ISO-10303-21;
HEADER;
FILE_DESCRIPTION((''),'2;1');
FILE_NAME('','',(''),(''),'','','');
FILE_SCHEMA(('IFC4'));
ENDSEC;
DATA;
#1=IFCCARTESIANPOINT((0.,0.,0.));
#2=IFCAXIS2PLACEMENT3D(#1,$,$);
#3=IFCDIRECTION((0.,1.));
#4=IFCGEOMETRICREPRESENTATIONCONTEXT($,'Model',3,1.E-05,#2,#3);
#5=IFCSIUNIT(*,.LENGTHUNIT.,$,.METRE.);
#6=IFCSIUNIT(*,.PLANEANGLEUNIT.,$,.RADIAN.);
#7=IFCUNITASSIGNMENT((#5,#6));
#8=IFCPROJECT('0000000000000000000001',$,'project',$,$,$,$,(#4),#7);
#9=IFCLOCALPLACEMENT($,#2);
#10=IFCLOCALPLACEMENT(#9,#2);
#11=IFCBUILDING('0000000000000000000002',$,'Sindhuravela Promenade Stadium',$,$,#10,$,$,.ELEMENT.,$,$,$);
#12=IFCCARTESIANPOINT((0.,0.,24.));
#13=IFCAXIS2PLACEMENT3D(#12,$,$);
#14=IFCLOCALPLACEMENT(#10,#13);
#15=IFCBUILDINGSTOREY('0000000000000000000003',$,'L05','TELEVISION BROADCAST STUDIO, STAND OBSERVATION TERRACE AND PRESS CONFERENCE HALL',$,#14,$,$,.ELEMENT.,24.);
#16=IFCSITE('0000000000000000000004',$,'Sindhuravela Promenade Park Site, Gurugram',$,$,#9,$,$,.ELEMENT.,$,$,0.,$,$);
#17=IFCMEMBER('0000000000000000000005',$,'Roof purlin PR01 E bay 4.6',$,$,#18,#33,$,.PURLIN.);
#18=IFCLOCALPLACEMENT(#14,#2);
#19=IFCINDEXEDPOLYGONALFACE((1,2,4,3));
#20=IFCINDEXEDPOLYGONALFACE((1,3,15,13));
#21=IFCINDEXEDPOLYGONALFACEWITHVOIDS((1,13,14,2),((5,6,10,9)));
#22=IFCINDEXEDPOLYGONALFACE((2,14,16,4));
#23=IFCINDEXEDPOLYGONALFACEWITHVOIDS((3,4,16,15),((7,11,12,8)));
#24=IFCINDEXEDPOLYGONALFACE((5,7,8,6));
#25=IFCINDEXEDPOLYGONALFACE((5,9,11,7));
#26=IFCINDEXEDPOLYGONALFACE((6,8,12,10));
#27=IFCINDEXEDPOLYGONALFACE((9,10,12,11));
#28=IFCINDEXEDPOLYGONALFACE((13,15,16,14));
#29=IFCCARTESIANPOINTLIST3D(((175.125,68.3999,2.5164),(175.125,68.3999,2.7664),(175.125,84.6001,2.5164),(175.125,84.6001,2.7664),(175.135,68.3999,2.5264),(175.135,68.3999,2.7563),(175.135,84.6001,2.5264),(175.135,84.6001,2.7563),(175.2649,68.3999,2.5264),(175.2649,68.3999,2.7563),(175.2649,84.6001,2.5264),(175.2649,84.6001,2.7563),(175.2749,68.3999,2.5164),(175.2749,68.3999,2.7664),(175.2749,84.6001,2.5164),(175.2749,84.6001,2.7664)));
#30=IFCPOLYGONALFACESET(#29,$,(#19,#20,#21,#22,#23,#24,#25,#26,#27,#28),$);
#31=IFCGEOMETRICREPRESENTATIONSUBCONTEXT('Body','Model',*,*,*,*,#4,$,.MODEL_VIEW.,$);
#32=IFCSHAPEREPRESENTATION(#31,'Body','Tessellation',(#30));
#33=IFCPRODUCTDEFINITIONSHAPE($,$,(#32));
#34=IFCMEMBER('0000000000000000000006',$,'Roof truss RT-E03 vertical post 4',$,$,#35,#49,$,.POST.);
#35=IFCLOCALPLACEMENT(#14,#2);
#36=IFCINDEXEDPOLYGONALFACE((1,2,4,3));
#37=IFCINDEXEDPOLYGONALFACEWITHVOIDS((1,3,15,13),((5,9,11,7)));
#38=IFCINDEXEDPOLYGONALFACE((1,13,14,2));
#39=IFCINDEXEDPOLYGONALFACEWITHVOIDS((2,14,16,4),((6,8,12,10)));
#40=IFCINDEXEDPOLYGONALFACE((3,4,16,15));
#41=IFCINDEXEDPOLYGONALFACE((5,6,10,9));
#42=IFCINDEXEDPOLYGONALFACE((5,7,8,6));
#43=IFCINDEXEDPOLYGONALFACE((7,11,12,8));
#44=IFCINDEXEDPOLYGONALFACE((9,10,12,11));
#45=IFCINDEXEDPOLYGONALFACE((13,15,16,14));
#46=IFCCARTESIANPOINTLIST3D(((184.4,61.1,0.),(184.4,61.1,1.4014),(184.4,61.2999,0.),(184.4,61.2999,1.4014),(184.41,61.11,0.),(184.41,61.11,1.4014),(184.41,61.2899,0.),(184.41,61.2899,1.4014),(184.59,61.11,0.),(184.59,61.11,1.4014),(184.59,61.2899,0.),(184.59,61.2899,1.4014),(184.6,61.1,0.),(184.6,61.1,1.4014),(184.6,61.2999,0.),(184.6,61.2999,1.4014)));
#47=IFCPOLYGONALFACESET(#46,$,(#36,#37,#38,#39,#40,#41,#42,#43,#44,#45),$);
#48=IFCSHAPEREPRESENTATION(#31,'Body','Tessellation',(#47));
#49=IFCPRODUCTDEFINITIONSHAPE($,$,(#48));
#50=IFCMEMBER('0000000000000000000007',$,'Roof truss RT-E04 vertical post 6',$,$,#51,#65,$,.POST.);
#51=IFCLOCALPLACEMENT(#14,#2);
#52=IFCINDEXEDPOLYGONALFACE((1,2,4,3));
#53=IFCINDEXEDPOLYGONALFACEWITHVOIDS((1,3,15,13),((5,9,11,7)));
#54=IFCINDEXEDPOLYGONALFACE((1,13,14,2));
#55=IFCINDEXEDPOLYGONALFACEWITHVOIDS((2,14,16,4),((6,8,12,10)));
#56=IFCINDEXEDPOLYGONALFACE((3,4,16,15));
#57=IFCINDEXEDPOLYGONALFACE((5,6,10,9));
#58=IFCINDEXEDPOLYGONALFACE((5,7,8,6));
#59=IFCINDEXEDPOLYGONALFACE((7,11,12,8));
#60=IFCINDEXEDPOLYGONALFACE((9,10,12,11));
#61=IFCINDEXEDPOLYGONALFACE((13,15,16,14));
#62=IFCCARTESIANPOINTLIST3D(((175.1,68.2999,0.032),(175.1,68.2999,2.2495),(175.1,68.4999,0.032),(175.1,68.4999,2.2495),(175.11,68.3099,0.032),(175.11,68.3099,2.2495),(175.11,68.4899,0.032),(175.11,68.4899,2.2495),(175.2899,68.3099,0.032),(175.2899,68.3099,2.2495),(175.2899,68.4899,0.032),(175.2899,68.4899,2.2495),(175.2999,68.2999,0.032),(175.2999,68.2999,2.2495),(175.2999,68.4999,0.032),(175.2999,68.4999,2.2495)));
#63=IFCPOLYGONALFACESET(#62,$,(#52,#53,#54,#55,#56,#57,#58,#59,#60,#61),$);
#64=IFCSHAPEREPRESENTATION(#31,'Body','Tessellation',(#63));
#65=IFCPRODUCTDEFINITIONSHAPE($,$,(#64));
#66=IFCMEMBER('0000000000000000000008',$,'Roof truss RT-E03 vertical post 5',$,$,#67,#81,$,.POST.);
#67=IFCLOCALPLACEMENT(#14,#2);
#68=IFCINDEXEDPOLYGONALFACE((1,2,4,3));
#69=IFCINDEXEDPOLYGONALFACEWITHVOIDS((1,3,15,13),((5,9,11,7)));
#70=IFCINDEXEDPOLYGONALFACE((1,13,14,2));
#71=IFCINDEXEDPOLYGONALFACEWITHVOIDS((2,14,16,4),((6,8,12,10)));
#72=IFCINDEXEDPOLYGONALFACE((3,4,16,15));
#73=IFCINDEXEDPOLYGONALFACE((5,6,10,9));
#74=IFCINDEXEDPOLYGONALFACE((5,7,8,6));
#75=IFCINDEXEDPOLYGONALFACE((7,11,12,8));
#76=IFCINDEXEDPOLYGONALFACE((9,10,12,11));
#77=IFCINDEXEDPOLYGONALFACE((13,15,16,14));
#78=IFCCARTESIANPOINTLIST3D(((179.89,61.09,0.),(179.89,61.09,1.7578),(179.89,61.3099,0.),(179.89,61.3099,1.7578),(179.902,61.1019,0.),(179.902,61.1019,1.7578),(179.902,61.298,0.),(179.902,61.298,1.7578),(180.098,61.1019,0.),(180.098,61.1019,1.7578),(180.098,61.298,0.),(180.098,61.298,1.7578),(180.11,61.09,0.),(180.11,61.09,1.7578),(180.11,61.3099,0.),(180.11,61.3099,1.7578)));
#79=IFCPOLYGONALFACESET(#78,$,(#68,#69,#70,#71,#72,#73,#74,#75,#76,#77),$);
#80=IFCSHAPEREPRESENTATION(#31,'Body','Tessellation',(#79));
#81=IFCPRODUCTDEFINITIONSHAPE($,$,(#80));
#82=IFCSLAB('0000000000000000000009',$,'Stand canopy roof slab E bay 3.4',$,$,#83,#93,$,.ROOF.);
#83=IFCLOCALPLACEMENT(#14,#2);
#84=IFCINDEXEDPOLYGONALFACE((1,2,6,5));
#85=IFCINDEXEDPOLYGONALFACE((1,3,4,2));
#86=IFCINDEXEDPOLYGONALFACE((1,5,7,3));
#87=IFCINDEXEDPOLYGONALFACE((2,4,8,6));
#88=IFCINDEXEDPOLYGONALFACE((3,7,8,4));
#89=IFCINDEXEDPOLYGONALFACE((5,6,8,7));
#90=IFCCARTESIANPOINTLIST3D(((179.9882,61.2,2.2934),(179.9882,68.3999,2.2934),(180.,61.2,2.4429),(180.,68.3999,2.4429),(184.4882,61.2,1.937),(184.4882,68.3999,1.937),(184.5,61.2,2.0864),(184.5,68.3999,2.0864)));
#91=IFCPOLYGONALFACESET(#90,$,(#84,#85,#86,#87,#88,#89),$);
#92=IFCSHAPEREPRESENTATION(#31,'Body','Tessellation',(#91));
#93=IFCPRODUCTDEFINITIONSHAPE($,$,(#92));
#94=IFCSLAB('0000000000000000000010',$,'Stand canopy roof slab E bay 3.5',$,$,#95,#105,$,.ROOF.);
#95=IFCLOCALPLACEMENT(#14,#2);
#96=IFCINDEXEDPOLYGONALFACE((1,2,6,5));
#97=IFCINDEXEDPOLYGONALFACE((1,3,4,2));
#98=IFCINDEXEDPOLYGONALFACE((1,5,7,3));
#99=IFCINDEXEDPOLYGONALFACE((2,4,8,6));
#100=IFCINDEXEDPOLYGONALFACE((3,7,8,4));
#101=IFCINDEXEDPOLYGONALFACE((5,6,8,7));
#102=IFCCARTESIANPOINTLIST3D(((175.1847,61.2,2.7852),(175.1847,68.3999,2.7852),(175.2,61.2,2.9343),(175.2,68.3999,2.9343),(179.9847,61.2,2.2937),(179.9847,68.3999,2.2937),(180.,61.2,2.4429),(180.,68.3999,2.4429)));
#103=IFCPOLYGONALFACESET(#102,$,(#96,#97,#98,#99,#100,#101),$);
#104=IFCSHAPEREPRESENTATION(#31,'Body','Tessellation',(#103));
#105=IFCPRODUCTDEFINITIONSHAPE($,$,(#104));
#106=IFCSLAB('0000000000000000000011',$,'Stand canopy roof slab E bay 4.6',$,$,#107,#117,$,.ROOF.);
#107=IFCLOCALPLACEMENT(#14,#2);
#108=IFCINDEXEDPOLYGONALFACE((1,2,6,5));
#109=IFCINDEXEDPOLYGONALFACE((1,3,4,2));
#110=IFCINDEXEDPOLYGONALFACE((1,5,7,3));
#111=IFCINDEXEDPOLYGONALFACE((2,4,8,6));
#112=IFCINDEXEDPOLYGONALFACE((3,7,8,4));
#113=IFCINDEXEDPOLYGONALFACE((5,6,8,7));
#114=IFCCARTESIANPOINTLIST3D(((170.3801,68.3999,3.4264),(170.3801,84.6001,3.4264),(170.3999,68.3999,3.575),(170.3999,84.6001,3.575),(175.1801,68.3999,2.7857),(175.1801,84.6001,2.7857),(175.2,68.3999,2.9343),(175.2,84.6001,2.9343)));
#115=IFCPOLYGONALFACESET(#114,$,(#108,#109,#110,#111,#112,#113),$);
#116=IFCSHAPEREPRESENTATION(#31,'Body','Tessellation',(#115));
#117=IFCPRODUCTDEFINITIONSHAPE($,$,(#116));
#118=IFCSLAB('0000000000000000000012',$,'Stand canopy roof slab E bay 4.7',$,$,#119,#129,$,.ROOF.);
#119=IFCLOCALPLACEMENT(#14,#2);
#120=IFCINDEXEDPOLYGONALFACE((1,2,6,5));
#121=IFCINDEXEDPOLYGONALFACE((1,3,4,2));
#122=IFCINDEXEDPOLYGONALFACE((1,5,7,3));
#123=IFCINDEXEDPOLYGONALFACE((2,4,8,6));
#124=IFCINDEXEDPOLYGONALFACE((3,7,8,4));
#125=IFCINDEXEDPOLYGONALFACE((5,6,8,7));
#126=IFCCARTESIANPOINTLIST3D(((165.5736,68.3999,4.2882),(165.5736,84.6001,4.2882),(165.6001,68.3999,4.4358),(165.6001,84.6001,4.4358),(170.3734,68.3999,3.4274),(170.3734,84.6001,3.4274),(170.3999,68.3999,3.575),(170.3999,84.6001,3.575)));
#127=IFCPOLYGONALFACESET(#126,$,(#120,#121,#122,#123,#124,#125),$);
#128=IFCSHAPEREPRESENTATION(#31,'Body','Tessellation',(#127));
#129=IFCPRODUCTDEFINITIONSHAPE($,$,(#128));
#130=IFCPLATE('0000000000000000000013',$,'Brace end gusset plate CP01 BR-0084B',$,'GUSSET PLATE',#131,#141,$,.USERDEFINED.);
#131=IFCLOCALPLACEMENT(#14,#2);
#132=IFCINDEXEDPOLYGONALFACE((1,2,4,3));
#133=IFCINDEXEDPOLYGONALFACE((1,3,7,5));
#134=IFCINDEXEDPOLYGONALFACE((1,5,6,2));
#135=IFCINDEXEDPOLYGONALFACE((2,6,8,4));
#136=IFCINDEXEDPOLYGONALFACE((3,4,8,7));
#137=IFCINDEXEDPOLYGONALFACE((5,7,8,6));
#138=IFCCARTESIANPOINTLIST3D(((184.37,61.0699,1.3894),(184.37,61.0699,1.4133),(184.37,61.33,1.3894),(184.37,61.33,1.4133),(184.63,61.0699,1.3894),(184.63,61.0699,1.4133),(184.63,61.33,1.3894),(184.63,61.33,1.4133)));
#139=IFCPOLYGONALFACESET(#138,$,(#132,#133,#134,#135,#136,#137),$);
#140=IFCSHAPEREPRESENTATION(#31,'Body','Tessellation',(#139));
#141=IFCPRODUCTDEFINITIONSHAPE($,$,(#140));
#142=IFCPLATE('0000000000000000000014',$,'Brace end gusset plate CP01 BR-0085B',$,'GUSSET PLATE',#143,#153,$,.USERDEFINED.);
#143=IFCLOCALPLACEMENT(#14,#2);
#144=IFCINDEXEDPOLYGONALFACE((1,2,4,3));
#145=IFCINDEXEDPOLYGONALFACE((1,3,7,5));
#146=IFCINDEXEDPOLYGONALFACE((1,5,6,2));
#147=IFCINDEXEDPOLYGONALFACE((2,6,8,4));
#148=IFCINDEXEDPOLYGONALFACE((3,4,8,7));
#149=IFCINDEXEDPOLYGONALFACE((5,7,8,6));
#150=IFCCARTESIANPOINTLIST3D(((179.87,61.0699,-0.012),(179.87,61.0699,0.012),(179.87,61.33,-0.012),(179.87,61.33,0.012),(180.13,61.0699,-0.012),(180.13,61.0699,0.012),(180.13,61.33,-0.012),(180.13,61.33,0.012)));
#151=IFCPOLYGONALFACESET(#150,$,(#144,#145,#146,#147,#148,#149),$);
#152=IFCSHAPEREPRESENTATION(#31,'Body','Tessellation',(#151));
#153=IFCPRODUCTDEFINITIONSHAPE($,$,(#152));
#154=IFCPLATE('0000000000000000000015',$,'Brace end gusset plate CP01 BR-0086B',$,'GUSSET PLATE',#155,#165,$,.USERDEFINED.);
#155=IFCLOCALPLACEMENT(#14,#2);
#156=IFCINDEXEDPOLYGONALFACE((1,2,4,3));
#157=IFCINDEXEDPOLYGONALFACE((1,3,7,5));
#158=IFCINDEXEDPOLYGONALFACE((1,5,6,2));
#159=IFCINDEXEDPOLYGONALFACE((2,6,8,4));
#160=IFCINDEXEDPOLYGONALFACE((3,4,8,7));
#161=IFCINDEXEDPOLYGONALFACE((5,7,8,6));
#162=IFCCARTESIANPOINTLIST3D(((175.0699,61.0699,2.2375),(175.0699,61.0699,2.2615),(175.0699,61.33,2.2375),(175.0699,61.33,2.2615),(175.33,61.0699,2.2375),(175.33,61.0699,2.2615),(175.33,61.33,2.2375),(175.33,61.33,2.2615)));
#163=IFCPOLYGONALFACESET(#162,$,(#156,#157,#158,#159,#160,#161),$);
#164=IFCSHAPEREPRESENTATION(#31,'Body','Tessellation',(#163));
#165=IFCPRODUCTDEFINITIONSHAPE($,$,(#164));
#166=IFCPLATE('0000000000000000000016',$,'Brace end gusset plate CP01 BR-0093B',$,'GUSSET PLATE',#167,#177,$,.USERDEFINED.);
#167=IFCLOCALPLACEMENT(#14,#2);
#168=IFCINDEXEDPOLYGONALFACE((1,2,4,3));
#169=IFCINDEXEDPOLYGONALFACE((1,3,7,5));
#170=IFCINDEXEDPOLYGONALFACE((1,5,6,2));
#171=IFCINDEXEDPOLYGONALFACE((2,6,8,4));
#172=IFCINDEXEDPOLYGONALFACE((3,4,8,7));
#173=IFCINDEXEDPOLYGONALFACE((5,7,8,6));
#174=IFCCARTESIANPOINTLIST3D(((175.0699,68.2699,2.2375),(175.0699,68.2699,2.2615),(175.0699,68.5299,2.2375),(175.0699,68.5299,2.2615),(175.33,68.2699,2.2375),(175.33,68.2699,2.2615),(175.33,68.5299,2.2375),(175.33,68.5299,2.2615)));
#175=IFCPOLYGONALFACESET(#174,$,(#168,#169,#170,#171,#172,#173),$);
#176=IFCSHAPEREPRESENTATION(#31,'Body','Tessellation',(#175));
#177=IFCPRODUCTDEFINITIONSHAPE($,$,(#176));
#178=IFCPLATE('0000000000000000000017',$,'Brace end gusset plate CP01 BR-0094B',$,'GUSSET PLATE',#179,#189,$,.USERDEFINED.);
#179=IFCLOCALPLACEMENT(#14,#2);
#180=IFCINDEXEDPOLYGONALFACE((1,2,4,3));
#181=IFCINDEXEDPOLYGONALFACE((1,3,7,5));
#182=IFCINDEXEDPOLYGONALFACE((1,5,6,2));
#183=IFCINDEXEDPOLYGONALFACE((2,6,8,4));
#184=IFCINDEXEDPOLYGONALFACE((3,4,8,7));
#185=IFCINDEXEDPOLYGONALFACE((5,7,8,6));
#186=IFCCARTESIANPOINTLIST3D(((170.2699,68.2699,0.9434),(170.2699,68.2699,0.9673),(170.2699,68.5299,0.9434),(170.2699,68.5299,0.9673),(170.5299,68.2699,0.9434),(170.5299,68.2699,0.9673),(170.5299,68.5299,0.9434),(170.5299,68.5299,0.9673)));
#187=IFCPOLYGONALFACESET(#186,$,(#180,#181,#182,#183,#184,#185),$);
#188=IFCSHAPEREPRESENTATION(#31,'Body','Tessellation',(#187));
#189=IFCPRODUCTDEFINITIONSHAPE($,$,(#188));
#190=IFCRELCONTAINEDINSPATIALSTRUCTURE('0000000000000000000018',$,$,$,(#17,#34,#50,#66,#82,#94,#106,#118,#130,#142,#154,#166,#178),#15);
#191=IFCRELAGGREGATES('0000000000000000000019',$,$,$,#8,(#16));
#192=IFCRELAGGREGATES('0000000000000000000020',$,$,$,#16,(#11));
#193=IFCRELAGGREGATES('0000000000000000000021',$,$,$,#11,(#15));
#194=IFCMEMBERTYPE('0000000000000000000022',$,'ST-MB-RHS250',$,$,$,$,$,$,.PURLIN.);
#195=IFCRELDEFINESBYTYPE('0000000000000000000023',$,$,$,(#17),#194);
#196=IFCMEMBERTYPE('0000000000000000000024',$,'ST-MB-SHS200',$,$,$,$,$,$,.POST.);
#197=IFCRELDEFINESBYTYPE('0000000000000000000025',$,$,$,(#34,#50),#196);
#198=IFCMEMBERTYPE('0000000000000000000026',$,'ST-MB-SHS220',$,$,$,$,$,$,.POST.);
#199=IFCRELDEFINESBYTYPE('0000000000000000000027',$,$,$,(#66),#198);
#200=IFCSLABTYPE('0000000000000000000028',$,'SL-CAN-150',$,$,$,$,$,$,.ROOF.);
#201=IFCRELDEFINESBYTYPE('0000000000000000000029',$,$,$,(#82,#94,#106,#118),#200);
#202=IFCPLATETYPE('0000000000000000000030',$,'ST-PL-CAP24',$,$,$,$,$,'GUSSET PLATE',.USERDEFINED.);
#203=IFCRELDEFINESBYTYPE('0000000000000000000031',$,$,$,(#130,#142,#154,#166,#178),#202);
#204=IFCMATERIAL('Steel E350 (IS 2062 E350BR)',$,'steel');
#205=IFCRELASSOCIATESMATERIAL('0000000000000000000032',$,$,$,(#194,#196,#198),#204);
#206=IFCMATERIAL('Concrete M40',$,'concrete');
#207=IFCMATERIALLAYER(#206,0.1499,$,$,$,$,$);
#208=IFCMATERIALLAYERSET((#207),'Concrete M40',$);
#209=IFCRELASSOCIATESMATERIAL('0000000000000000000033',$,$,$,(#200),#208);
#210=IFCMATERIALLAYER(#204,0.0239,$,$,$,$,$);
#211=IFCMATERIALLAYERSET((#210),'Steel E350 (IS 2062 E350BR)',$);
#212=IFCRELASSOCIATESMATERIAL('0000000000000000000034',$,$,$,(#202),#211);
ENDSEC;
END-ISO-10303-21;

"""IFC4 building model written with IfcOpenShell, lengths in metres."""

from ifc_helpers import new_model, si_unit, direction, frame, origin, origin_2d, place, context, subcontext, project, spatial, polyline, rectangle, hollow_rectangle, outline, extrude, material, layer, layer_set, material_profile, profile_set, type_object, element, save


model = new_model("IFC4")

# Units and contexts
model_context = context("Model", 3, precision=1e-05, world=origin(), true_north=direction((0.0, 1.0)))
body_context = subcontext(model_context, "Body", "Model", "MODEL_VIEW")
ifc_project = project(units=[si_unit("LENGTHUNIT", "METRE"), si_unit("PLANEANGLEUNIT", "RADIAN")], contexts=[model_context])

# Site, building, storey
site_placement = place(None, origin())
site = spatial("IfcSite", under=ifc_project, at=site_placement, Name="Sindhuravela Promenade Park Site, Gurugram", CompositionType="ELEMENT", RefElevation=0.0)
building_placement = place(site_placement, origin())
building = spatial("IfcBuilding", under=site, at=building_placement, Name="Sindhuravela Promenade Stadium", CompositionType="ELEMENT")
storey_placement = place(building_placement, frame((0.0, 0.0, 24.0)))
storey = spatial("IfcBuildingStorey", under=building, at=storey_placement, Name="L05", Description="TELEVISION BROADCAST STUDIO, STAND OBSERVATION TERRACE AND PRESS CONFERENCE HALL", CompositionType="ELEMENT", Elevation=24.0)

# Shared definitions
ifc_material_1 = material(Name="Concrete M40", Category="concrete")
ifc_material_2 = material(Name="Steel E350 (IS 2062 E350BR)", Category="steel")

# Members
ifc_material_profile_1 = material_profile(ifc_material_2, hollow_rectangle(XDim=0.1499, YDim=0.25, WallThickness=0.01, at=origin_2d()), Name="RHS 250x150x10")
ifc_profile_set_1 = profile_set([ifc_material_profile_1], Name="Steel E350 (IS 2062 E350BR)")
member_type_1 = type_object("IfcMemberType", Name="ST-MB-RHS250", PredefinedType="PURLIN", material=ifc_profile_set_1)
member_1_placement = place(storey_placement, frame((175.2, 68.3999, 2.6414), z_axis=(0.0, 1.0, 0.0), x_axis=(-1.0, 0.0, 0.0)))
element("IfcMember", 1, at=member_1_placement, inside=storey, type_object=member_type_1, Name="Roof purlin PR01 E bay 4.6", PredefinedType="PURLIN", context=body_context, shape_type="SweptSolid", body=[
    extrude(hollow_rectangle(XDim=0.1499, YDim=0.25, WallThickness=0.01, at=origin_2d()), origin(), (0.0, 0.0, 1.0), 16.2002),
])
ifc_material_profile_2 = material_profile(ifc_material_2, hollow_rectangle(XDim=0.2, YDim=0.2, WallThickness=0.01, at=origin_2d()), Name="SHS 200x200x10")
ifc_profile_set_2 = profile_set([ifc_material_profile_2], Name="Steel E350 (IS 2062 E350BR)")
member_type_2 = type_object("IfcMemberType", Name="ST-MB-SHS200", PredefinedType="POST", material=ifc_profile_set_2)
member_2_placement = place(storey_placement, frame((184.5, 61.2, 0.0), z_axis=(0.0, 0.0, 1.0), x_axis=(1.0, 0.0, 0.0)))
element("IfcMember", 2, at=member_2_placement, inside=storey, type_object=member_type_2, Name="Roof truss RT-E03 vertical post 4", PredefinedType="POST", context=body_context, shape_type="SweptSolid", body=[
    extrude(hollow_rectangle(XDim=0.2, YDim=0.2, WallThickness=0.01, at=origin_2d()), origin(), (0.0, 0.0, 1.0), 1.4014),
])
member_3_placement = place(storey_placement, frame((175.2, 68.3999, 0.032), z_axis=(0.0, 0.0, 1.0), x_axis=(1.0, 0.0, 0.0)))
element("IfcMember", 3, at=member_3_placement, inside=storey, type_object=member_type_2, Name="Roof truss RT-E04 vertical post 6", PredefinedType="POST", context=body_context, shape_type="SweptSolid", body=[
    extrude(hollow_rectangle(XDim=0.2, YDim=0.2, WallThickness=0.01, at=origin_2d()), origin(), (0.0, 0.0, 1.0), 2.2175),
])
ifc_material_profile_3 = material_profile(ifc_material_2, hollow_rectangle(XDim=0.22, YDim=0.22, WallThickness=0.012, at=origin_2d()), Name="SHS 220x220x12")
ifc_profile_set_3 = profile_set([ifc_material_profile_3], Name="Steel E350 (IS 2062 E350BR)")
member_type_3 = type_object("IfcMemberType", Name="ST-MB-SHS220", PredefinedType="POST", material=ifc_profile_set_3)
member_4_placement = place(storey_placement, frame((180.0, 61.2, 0.0), z_axis=(0.0, 0.0, 1.0), x_axis=(1.0, 0.0, 0.0)))
element("IfcMember", 4, at=member_4_placement, inside=storey, type_object=member_type_3, Name="Roof truss RT-E03 vertical post 5", PredefinedType="POST", context=body_context, shape_type="SweptSolid", body=[
    extrude(hollow_rectangle(XDim=0.22, YDim=0.22, WallThickness=0.012, at=origin_2d()), origin(), (0.0, 0.0, 1.0), 1.7578),
])

# Slabs
ifc_layer_1 = layer(ifc_material_1, 0.1499)
ifc_layer_set_1 = layer_set([ifc_layer_1], Name="Concrete M40")
slab_type = type_object("IfcSlabType", Name="SL-CAN-150", PredefinedType="ROOF", material=ifc_layer_set_1)
slab_1_placement = place(storey_placement, frame((184.5, 61.2, 2.0864), z_axis=(0.078963, 0.0, 0.996878), x_axis=(0.0, 1.0, 0.0)))
element("IfcSlab", 5, at=slab_1_placement, inside=storey, type_object=slab_type, Name="Stand canopy roof slab E bay 3.4", PredefinedType="ROOF", context=body_context, shape_type="SweptSolid", body=[
    extrude(outline(polyline([(0.0, 0.0), (7.2, 0.0), (7.2, 4.5141), (0.0, 4.5141), (0.0, 0.0)])), origin(), (0.0, 0.0, -1.0), 0.1499),
])
slab_2_placement = place(storey_placement, frame((180.0, 61.2, 2.4429), z_axis=(0.101853, 0.0, 0.994799), x_axis=(0.0, 1.0, 0.0)))
element("IfcSlab", 6, at=slab_2_placement, inside=storey, type_object=slab_type, Name="Stand canopy roof slab E bay 3.5", PredefinedType="ROOF", context=body_context, shape_type="SweptSolid", body=[
    extrude(outline(polyline([(0.0, 0.0), (7.2, 0.0), (7.2, 4.8251), (0.0, 4.8251), (0.0, 0.0)])), origin(), (0.0, 0.0, -1.0), 0.1499),
])
slab_3_placement = place(storey_placement, frame((175.2, 68.3999, 2.9343), z_axis=(0.132289, 0.0, 0.991211), x_axis=(0.0, 1.0, 0.0)))
element("IfcSlab", 7, at=slab_3_placement, inside=storey, type_object=slab_type, Name="Stand canopy roof slab E bay 4.6", PredefinedType="ROOF", context=body_context, shape_type="SweptSolid", body=[
    extrude(outline(polyline([(0.0, 0.0), (16.2002, 0.0), (16.2002, 4.8426), (0.0, 4.8426), (0.0, 0.0)])), origin(), (0.0, 0.0, -1.0), 0.1499),
])
slab_4_placement = place(storey_placement, frame((170.3999, 68.3999, 3.575), z_axis=(0.176532, 0.0, 0.984295), x_axis=(0.0, 1.0, 0.0)))
element("IfcSlab", 8, at=slab_4_placement, inside=storey, type_object=slab_type, Name="Stand canopy roof slab E bay 4.7", PredefinedType="ROOF", context=body_context, shape_type="SweptSolid", body=[
    extrude(outline(polyline([(0.0, 0.0), (16.2002, 0.0), (16.2002, 4.8764), (0.0, 4.8764), (0.0, 0.0)])), origin(), (0.0, 0.0, -1.0), 0.1499),
])

# Plates
ifc_layer_2 = layer(ifc_material_2, 0.0239)
ifc_layer_set_2 = layer_set([ifc_layer_2], Name="Steel E350 (IS 2062 E350BR)")
plate_type = type_object("IfcPlateType", Name="ST-PL-CAP24", ElementType="GUSSET PLATE", PredefinedType="USERDEFINED", material=ifc_layer_set_2)
for number, where, z_axis, x_axis, name in (
    (9, (184.5, 61.2, 1.3894), (0.0, 0.0, 1.0), (1.0, 0.0, 0.0), "Brace end gusset plate CP01 BR-0084B"),
    (10, (180.0, 61.2, -0.012), (0.0, 0.0, 1.0), (1.0, 0.0, 0.0), "Brace end gusset plate CP01 BR-0085B"),
    (11, (175.2, 61.2, 2.2375), (0.0, 0.0, 1.0), (1.0, 0.0, 0.0), "Brace end gusset plate CP01 BR-0086B"),
    (12, (175.2, 68.3999, 2.2375), (0.0, 0.0, 1.0), (1.0, 0.0, 0.0), "Brace end gusset plate CP01 BR-0093B"),
    (13, (170.3999, 68.3999, 0.9434), (0.0, 0.0, 1.0), (1.0, 0.0, 0.0), "Brace end gusset plate CP01 BR-0094B"),
):
    element("IfcPlate", number, at=place(storey_placement, frame(where, z_axis=z_axis, x_axis=x_axis)), inside=storey, type_object=plate_type, Name=name, ObjectType="GUSSET PLATE", PredefinedType="USERDEFINED", context=body_context, shape_type="SweptSolid", body=[
        extrude(rectangle(XDim=0.26, YDim=0.26, at=origin_2d()), origin(), (0.0, 0.0, 1.0), 0.0239),
    ])

save(model, "model.ifc")
